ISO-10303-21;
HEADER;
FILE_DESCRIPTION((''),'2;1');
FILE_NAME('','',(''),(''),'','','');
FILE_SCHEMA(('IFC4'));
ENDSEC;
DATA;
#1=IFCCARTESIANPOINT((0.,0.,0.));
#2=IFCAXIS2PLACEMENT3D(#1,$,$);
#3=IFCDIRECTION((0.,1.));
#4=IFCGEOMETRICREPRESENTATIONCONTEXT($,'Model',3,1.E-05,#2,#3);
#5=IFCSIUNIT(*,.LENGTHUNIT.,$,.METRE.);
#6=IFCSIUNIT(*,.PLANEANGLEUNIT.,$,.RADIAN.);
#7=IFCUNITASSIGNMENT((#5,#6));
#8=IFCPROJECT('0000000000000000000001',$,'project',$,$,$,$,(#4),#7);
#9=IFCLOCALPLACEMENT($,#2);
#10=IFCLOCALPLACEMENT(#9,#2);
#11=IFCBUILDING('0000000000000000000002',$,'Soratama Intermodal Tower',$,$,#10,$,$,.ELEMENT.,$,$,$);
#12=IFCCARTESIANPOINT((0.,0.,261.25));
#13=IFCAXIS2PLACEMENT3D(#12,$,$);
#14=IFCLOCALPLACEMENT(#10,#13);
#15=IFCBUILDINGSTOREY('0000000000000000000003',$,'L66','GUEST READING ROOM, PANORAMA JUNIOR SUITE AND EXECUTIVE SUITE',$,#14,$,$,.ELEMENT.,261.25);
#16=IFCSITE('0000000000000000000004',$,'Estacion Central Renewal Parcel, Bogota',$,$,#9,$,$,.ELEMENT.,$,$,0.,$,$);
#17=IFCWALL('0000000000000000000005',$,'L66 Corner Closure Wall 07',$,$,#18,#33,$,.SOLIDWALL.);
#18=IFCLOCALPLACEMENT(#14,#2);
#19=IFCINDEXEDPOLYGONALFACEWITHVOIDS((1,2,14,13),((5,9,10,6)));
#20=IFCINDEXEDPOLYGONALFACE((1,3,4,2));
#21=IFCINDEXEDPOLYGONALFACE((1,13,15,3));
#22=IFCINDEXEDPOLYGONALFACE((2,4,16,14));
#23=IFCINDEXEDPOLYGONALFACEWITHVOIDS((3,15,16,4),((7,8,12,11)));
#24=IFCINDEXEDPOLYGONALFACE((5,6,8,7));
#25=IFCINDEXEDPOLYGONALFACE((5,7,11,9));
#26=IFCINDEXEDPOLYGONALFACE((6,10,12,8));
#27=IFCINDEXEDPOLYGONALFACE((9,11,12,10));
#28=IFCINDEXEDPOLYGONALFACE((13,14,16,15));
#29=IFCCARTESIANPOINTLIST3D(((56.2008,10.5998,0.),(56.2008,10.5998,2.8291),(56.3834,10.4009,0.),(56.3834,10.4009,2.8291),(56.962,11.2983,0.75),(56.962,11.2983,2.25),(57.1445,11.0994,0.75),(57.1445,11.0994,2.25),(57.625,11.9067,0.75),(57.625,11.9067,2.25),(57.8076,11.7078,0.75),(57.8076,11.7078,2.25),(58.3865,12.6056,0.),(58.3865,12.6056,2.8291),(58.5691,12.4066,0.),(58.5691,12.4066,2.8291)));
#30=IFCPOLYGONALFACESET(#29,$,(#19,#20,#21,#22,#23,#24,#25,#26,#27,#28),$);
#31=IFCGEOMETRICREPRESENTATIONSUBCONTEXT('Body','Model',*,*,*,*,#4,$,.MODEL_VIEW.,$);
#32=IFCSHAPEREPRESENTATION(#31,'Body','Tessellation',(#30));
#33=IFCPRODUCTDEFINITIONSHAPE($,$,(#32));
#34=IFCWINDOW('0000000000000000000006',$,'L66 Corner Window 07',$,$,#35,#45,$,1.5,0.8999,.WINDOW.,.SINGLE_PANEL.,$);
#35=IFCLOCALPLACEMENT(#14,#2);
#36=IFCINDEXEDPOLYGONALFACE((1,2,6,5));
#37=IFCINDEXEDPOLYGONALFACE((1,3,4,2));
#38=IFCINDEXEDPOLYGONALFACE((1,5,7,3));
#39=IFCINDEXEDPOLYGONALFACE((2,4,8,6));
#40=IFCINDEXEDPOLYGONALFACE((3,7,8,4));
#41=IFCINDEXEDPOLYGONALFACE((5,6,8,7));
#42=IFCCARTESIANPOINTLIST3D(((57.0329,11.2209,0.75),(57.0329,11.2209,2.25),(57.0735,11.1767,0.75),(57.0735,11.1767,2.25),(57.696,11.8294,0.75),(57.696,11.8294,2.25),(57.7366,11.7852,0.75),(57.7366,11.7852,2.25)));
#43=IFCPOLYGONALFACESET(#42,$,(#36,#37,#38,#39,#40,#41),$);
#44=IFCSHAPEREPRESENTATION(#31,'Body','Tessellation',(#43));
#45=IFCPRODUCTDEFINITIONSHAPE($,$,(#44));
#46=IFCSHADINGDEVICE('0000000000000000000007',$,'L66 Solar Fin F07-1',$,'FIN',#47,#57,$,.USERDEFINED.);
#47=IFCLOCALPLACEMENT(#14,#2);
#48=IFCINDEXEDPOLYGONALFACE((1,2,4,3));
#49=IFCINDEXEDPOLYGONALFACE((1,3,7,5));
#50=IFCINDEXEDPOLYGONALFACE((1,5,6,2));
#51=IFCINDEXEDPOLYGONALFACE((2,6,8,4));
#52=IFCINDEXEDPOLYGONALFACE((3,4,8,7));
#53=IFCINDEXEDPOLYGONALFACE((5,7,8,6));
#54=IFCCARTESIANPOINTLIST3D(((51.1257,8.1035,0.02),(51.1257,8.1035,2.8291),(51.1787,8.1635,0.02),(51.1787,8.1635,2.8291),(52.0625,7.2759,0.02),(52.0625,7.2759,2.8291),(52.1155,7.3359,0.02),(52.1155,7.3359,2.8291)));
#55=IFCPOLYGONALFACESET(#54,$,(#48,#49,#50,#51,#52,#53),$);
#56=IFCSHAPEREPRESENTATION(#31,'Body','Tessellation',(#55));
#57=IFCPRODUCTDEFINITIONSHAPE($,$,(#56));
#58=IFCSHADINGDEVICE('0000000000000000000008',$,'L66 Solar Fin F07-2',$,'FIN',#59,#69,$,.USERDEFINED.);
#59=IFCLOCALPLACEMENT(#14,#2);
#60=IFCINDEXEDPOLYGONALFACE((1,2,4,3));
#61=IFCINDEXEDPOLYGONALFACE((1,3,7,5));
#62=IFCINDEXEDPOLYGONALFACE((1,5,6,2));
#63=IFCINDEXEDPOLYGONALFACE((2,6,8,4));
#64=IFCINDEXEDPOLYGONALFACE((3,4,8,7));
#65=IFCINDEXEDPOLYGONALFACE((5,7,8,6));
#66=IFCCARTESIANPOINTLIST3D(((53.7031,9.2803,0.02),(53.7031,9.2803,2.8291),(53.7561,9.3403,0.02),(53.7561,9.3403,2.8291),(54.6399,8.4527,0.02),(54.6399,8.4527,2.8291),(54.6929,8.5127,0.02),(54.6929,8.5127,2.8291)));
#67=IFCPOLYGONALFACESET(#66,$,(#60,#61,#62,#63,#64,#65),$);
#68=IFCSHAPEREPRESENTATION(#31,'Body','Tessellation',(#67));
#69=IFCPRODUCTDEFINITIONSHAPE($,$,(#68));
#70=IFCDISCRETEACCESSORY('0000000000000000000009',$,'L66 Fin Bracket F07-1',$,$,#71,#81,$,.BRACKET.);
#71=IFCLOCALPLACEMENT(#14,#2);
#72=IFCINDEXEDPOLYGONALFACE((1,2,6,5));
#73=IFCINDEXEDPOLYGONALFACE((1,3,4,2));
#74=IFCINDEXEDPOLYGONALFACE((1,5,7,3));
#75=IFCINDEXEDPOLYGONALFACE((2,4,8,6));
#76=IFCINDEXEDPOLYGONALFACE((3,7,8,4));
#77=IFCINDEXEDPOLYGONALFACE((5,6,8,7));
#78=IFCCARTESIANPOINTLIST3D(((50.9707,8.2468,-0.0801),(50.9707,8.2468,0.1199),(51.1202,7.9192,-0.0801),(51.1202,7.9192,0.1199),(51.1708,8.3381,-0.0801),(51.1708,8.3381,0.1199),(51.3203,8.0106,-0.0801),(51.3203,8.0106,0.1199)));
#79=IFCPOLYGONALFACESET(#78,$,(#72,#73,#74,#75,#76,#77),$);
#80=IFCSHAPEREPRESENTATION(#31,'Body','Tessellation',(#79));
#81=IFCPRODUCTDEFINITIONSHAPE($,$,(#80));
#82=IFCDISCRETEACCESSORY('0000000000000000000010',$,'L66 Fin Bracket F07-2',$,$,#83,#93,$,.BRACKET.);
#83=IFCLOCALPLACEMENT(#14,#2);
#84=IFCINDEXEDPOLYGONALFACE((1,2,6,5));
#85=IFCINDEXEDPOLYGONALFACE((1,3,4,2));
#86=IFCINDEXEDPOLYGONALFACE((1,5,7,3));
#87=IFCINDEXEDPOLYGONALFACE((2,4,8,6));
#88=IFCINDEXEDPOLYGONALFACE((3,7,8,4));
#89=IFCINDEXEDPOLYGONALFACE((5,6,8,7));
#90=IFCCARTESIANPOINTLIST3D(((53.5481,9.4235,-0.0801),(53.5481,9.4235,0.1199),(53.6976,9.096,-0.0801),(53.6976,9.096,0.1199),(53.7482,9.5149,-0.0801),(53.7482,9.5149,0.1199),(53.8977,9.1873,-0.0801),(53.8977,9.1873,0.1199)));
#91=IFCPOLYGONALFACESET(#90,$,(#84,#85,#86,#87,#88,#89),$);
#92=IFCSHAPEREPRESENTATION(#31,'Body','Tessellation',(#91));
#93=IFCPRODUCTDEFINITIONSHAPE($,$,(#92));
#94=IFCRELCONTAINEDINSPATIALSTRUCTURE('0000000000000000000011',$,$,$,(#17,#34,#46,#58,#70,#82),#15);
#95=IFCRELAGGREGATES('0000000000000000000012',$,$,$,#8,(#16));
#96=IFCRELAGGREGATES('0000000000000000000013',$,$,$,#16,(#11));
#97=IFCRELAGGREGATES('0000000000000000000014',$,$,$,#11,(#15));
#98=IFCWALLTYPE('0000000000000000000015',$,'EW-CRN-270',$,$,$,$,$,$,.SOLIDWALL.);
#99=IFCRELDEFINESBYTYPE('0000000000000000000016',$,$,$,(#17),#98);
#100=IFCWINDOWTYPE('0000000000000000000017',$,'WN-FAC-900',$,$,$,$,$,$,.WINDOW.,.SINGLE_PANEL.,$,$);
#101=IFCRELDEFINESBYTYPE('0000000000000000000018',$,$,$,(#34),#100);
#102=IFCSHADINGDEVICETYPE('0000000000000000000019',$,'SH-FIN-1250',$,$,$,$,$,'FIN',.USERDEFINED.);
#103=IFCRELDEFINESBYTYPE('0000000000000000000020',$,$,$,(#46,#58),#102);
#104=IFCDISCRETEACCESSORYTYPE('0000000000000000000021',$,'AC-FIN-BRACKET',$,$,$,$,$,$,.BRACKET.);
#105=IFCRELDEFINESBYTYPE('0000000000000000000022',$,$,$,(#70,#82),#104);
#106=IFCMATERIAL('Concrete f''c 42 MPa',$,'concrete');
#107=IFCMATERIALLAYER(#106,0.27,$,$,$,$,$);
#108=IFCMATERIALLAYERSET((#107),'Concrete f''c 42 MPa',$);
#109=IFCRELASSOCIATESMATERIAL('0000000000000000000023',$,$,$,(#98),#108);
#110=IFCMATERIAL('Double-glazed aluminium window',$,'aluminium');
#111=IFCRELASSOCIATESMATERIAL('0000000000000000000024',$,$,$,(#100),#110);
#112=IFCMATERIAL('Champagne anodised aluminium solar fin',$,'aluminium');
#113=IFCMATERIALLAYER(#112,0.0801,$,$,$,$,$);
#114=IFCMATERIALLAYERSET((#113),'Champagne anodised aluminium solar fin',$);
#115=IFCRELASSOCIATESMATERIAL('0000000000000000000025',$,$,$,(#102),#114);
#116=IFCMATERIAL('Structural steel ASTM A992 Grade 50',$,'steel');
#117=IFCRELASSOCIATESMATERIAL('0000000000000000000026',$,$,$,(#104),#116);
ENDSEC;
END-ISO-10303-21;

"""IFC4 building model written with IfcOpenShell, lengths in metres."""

from ifc_helpers import new_model, si_unit, direction, frame, frame_2d, origin, origin_2d, place, context, subcontext, project, spatial, rectangle, extrude, material, layer, layer_set, type_object, element, fill, save


model = new_model("IFC4")

# Units and contexts
model_context = context("Model", 3, precision=1e-05, world=origin(), true_north=direction((0.0, 1.0)))
body_context = subcontext(model_context, "Body", "Model", "MODEL_VIEW")
ifc_project = project(units=[si_unit("LENGTHUNIT", "METRE"), si_unit("PLANEANGLEUNIT", "RADIAN")], contexts=[model_context])

# Site, building, storey
site_placement = place(None, origin())
site = spatial("IfcSite", under=ifc_project, at=site_placement, Name="Estacion Central Renewal Parcel, Bogota", CompositionType="ELEMENT", RefElevation=0.0)
building_placement = place(site_placement, origin())
building = spatial("IfcBuilding", under=site, at=building_placement, Name="Soratama Intermodal Tower", CompositionType="ELEMENT")
storey_placement = place(building_placement, frame((0.0, 0.0, 261.25)))
storey = spatial("IfcBuildingStorey", under=building, at=storey_placement, Name="L66", Description="GUEST READING ROOM, PANORAMA JUNIOR SUITE AND EXECUTIVE SUITE", CompositionType="ELEMENT", Elevation=261.25)

# Wall, opening, window
ifc_material_1 = material(Name="Concrete f'c 42 MPa", Category="concrete")
ifc_layer_1 = layer(ifc_material_1, 0.27)
ifc_layer_set_1 = layer_set([ifc_layer_1], Name="Concrete f'c 42 MPa")
wall_type = type_object("IfcWallType", Name="EW-CRN-270", PredefinedType="SOLIDWALL", material=ifc_layer_set_1)
wall_placement = place(storey_placement, frame((56.292, 10.5002, 0.0), z_axis=(0.0, 0.0, 1.0), x_axis=(0.736782, 0.676131, 0.0)))
wall = element("IfcWall", 1, at=wall_placement, inside=storey, type_object=wall_type, Name="L66 Corner Closure Wall 07", PredefinedType="SOLIDWALL", context=body_context, shape_type="SweptSolid", body=[
    extrude(rectangle(XDim=2.9666, YDim=0.27, at=frame_2d((1.4834, 0.0))), origin(), (0.0, 0.0, 1.0), 2.8291),
])
opening_placement = place(wall_placement, frame((1.0332, 0.0, 0.75)))
opening = element("IfcOpeningElement", 2, at=opening_placement, cuts=wall, PredefinedType="OPENING", context=body_context, shape_type="SweptSolid", body=[
    extrude(rectangle(XDim=0.8999, YDim=1.5, at=frame_2d((0.45, 0.75))), frame((0.0, 0.145, 0.0), z_axis=(0.0, -1.0, 0.0), x_axis=(1.0, 0.0, 0.0)), (0.0, 0.0, 1.0), 0.29),
])
ifc_material_2 = material(Name="Double-glazed aluminium window", Category="aluminium")
window_type = type_object("IfcWindowType", Name="WN-FAC-900", PartitioningType="SINGLE_PANEL", PredefinedType="WINDOW", material=ifc_material_2)
window_placement = place(opening_placement, origin())
window = element("IfcWindow", 3, at=window_placement, inside=storey, type_object=window_type, Name="L66 Corner Window 07", OverallHeight=1.5, OverallWidth=0.8999, PartitioningType="SINGLE_PANEL", PredefinedType="WINDOW", context=body_context, shape_type="SweptSolid", body=[
    extrude(rectangle(XDim=0.8999, YDim=1.5, at=frame_2d((0.45, 0.75))), frame((0.0, 0.03, 0.0), z_axis=(0.0, -1.0, 0.0), x_axis=(1.0, 0.0, 0.0)), (0.0, 0.0, 1.0), 0.0601),
])
fill(opening, window)

# Shading devices
ifc_material_3 = material(Name="Champagne anodised aluminium solar fin", Category="aluminium")
ifc_layer_2 = layer(ifc_material_3, 0.0801)
ifc_layer_set_2 = layer_set([ifc_layer_2], Name="Champagne anodised aluminium solar fin")
shading_device_type = type_object("IfcShadingDeviceType", Name="SH-FIN-1250", ElementType="FIN", PredefinedType="USERDEFINED", material=ifc_layer_set_2)
for number, where, z_axis, x_axis, name in (
    (4, (51.6206, 7.7197, 0.02), (0.0, 0.0, 1.0), (0.749418, -0.662097, 0.0), "L66 Solar Fin F07-1"),
    (5, (54.198, 8.8965, 0.02), (0.0, 0.0, 1.0), (0.749418, -0.662097, 0.0), "L66 Solar Fin F07-2"),
):
    element("IfcShadingDevice", number, at=place(storey_placement, frame(where, z_axis=z_axis, x_axis=x_axis)), inside=storey, type_object=shading_device_type, Name=name, ObjectType="FIN", PredefinedType="USERDEFINED", context=body_context, shape_type="SweptSolid", body=[
        extrude(rectangle(XDim=1.25, YDim=0.0801, at=origin_2d()), origin(), (0.0, 0.0, 1.0), 2.8091),
    ])

# Discrete accessories
ifc_material_4 = material(Name="Structural steel ASTM A992 Grade 50", Category="steel")
discrete_accessory_type = type_object("IfcDiscreteAccessoryType", Name="AC-FIN-BRACKET", PredefinedType="BRACKET", material=ifc_material_4)
for number, where, z_axis, x_axis, name in (
    (6, (51.1455, 8.1287, -0.0801), (0.0, 0.0, 1.0), (0.415328, -0.909672, 0.0), "L66 Fin Bracket F07-1"),
    (7, (53.7229, 9.3054, -0.0801), (0.0, 0.0, 1.0), (0.415328, -0.909672, 0.0), "L66 Fin Bracket F07-2"),
):
    element("IfcDiscreteAccessory", number, at=place(storey_placement, frame(where, z_axis=z_axis, x_axis=x_axis)), inside=storey, type_object=discrete_accessory_type, Name=name, PredefinedType="BRACKET", context=body_context, shape_type="SweptSolid", body=[
        extrude(rectangle(XDim=0.3601, YDim=0.22, at=origin_2d()), origin(), (0.0, 0.0, 1.0), 0.2),
    ])

save(model, "model.ifc")
